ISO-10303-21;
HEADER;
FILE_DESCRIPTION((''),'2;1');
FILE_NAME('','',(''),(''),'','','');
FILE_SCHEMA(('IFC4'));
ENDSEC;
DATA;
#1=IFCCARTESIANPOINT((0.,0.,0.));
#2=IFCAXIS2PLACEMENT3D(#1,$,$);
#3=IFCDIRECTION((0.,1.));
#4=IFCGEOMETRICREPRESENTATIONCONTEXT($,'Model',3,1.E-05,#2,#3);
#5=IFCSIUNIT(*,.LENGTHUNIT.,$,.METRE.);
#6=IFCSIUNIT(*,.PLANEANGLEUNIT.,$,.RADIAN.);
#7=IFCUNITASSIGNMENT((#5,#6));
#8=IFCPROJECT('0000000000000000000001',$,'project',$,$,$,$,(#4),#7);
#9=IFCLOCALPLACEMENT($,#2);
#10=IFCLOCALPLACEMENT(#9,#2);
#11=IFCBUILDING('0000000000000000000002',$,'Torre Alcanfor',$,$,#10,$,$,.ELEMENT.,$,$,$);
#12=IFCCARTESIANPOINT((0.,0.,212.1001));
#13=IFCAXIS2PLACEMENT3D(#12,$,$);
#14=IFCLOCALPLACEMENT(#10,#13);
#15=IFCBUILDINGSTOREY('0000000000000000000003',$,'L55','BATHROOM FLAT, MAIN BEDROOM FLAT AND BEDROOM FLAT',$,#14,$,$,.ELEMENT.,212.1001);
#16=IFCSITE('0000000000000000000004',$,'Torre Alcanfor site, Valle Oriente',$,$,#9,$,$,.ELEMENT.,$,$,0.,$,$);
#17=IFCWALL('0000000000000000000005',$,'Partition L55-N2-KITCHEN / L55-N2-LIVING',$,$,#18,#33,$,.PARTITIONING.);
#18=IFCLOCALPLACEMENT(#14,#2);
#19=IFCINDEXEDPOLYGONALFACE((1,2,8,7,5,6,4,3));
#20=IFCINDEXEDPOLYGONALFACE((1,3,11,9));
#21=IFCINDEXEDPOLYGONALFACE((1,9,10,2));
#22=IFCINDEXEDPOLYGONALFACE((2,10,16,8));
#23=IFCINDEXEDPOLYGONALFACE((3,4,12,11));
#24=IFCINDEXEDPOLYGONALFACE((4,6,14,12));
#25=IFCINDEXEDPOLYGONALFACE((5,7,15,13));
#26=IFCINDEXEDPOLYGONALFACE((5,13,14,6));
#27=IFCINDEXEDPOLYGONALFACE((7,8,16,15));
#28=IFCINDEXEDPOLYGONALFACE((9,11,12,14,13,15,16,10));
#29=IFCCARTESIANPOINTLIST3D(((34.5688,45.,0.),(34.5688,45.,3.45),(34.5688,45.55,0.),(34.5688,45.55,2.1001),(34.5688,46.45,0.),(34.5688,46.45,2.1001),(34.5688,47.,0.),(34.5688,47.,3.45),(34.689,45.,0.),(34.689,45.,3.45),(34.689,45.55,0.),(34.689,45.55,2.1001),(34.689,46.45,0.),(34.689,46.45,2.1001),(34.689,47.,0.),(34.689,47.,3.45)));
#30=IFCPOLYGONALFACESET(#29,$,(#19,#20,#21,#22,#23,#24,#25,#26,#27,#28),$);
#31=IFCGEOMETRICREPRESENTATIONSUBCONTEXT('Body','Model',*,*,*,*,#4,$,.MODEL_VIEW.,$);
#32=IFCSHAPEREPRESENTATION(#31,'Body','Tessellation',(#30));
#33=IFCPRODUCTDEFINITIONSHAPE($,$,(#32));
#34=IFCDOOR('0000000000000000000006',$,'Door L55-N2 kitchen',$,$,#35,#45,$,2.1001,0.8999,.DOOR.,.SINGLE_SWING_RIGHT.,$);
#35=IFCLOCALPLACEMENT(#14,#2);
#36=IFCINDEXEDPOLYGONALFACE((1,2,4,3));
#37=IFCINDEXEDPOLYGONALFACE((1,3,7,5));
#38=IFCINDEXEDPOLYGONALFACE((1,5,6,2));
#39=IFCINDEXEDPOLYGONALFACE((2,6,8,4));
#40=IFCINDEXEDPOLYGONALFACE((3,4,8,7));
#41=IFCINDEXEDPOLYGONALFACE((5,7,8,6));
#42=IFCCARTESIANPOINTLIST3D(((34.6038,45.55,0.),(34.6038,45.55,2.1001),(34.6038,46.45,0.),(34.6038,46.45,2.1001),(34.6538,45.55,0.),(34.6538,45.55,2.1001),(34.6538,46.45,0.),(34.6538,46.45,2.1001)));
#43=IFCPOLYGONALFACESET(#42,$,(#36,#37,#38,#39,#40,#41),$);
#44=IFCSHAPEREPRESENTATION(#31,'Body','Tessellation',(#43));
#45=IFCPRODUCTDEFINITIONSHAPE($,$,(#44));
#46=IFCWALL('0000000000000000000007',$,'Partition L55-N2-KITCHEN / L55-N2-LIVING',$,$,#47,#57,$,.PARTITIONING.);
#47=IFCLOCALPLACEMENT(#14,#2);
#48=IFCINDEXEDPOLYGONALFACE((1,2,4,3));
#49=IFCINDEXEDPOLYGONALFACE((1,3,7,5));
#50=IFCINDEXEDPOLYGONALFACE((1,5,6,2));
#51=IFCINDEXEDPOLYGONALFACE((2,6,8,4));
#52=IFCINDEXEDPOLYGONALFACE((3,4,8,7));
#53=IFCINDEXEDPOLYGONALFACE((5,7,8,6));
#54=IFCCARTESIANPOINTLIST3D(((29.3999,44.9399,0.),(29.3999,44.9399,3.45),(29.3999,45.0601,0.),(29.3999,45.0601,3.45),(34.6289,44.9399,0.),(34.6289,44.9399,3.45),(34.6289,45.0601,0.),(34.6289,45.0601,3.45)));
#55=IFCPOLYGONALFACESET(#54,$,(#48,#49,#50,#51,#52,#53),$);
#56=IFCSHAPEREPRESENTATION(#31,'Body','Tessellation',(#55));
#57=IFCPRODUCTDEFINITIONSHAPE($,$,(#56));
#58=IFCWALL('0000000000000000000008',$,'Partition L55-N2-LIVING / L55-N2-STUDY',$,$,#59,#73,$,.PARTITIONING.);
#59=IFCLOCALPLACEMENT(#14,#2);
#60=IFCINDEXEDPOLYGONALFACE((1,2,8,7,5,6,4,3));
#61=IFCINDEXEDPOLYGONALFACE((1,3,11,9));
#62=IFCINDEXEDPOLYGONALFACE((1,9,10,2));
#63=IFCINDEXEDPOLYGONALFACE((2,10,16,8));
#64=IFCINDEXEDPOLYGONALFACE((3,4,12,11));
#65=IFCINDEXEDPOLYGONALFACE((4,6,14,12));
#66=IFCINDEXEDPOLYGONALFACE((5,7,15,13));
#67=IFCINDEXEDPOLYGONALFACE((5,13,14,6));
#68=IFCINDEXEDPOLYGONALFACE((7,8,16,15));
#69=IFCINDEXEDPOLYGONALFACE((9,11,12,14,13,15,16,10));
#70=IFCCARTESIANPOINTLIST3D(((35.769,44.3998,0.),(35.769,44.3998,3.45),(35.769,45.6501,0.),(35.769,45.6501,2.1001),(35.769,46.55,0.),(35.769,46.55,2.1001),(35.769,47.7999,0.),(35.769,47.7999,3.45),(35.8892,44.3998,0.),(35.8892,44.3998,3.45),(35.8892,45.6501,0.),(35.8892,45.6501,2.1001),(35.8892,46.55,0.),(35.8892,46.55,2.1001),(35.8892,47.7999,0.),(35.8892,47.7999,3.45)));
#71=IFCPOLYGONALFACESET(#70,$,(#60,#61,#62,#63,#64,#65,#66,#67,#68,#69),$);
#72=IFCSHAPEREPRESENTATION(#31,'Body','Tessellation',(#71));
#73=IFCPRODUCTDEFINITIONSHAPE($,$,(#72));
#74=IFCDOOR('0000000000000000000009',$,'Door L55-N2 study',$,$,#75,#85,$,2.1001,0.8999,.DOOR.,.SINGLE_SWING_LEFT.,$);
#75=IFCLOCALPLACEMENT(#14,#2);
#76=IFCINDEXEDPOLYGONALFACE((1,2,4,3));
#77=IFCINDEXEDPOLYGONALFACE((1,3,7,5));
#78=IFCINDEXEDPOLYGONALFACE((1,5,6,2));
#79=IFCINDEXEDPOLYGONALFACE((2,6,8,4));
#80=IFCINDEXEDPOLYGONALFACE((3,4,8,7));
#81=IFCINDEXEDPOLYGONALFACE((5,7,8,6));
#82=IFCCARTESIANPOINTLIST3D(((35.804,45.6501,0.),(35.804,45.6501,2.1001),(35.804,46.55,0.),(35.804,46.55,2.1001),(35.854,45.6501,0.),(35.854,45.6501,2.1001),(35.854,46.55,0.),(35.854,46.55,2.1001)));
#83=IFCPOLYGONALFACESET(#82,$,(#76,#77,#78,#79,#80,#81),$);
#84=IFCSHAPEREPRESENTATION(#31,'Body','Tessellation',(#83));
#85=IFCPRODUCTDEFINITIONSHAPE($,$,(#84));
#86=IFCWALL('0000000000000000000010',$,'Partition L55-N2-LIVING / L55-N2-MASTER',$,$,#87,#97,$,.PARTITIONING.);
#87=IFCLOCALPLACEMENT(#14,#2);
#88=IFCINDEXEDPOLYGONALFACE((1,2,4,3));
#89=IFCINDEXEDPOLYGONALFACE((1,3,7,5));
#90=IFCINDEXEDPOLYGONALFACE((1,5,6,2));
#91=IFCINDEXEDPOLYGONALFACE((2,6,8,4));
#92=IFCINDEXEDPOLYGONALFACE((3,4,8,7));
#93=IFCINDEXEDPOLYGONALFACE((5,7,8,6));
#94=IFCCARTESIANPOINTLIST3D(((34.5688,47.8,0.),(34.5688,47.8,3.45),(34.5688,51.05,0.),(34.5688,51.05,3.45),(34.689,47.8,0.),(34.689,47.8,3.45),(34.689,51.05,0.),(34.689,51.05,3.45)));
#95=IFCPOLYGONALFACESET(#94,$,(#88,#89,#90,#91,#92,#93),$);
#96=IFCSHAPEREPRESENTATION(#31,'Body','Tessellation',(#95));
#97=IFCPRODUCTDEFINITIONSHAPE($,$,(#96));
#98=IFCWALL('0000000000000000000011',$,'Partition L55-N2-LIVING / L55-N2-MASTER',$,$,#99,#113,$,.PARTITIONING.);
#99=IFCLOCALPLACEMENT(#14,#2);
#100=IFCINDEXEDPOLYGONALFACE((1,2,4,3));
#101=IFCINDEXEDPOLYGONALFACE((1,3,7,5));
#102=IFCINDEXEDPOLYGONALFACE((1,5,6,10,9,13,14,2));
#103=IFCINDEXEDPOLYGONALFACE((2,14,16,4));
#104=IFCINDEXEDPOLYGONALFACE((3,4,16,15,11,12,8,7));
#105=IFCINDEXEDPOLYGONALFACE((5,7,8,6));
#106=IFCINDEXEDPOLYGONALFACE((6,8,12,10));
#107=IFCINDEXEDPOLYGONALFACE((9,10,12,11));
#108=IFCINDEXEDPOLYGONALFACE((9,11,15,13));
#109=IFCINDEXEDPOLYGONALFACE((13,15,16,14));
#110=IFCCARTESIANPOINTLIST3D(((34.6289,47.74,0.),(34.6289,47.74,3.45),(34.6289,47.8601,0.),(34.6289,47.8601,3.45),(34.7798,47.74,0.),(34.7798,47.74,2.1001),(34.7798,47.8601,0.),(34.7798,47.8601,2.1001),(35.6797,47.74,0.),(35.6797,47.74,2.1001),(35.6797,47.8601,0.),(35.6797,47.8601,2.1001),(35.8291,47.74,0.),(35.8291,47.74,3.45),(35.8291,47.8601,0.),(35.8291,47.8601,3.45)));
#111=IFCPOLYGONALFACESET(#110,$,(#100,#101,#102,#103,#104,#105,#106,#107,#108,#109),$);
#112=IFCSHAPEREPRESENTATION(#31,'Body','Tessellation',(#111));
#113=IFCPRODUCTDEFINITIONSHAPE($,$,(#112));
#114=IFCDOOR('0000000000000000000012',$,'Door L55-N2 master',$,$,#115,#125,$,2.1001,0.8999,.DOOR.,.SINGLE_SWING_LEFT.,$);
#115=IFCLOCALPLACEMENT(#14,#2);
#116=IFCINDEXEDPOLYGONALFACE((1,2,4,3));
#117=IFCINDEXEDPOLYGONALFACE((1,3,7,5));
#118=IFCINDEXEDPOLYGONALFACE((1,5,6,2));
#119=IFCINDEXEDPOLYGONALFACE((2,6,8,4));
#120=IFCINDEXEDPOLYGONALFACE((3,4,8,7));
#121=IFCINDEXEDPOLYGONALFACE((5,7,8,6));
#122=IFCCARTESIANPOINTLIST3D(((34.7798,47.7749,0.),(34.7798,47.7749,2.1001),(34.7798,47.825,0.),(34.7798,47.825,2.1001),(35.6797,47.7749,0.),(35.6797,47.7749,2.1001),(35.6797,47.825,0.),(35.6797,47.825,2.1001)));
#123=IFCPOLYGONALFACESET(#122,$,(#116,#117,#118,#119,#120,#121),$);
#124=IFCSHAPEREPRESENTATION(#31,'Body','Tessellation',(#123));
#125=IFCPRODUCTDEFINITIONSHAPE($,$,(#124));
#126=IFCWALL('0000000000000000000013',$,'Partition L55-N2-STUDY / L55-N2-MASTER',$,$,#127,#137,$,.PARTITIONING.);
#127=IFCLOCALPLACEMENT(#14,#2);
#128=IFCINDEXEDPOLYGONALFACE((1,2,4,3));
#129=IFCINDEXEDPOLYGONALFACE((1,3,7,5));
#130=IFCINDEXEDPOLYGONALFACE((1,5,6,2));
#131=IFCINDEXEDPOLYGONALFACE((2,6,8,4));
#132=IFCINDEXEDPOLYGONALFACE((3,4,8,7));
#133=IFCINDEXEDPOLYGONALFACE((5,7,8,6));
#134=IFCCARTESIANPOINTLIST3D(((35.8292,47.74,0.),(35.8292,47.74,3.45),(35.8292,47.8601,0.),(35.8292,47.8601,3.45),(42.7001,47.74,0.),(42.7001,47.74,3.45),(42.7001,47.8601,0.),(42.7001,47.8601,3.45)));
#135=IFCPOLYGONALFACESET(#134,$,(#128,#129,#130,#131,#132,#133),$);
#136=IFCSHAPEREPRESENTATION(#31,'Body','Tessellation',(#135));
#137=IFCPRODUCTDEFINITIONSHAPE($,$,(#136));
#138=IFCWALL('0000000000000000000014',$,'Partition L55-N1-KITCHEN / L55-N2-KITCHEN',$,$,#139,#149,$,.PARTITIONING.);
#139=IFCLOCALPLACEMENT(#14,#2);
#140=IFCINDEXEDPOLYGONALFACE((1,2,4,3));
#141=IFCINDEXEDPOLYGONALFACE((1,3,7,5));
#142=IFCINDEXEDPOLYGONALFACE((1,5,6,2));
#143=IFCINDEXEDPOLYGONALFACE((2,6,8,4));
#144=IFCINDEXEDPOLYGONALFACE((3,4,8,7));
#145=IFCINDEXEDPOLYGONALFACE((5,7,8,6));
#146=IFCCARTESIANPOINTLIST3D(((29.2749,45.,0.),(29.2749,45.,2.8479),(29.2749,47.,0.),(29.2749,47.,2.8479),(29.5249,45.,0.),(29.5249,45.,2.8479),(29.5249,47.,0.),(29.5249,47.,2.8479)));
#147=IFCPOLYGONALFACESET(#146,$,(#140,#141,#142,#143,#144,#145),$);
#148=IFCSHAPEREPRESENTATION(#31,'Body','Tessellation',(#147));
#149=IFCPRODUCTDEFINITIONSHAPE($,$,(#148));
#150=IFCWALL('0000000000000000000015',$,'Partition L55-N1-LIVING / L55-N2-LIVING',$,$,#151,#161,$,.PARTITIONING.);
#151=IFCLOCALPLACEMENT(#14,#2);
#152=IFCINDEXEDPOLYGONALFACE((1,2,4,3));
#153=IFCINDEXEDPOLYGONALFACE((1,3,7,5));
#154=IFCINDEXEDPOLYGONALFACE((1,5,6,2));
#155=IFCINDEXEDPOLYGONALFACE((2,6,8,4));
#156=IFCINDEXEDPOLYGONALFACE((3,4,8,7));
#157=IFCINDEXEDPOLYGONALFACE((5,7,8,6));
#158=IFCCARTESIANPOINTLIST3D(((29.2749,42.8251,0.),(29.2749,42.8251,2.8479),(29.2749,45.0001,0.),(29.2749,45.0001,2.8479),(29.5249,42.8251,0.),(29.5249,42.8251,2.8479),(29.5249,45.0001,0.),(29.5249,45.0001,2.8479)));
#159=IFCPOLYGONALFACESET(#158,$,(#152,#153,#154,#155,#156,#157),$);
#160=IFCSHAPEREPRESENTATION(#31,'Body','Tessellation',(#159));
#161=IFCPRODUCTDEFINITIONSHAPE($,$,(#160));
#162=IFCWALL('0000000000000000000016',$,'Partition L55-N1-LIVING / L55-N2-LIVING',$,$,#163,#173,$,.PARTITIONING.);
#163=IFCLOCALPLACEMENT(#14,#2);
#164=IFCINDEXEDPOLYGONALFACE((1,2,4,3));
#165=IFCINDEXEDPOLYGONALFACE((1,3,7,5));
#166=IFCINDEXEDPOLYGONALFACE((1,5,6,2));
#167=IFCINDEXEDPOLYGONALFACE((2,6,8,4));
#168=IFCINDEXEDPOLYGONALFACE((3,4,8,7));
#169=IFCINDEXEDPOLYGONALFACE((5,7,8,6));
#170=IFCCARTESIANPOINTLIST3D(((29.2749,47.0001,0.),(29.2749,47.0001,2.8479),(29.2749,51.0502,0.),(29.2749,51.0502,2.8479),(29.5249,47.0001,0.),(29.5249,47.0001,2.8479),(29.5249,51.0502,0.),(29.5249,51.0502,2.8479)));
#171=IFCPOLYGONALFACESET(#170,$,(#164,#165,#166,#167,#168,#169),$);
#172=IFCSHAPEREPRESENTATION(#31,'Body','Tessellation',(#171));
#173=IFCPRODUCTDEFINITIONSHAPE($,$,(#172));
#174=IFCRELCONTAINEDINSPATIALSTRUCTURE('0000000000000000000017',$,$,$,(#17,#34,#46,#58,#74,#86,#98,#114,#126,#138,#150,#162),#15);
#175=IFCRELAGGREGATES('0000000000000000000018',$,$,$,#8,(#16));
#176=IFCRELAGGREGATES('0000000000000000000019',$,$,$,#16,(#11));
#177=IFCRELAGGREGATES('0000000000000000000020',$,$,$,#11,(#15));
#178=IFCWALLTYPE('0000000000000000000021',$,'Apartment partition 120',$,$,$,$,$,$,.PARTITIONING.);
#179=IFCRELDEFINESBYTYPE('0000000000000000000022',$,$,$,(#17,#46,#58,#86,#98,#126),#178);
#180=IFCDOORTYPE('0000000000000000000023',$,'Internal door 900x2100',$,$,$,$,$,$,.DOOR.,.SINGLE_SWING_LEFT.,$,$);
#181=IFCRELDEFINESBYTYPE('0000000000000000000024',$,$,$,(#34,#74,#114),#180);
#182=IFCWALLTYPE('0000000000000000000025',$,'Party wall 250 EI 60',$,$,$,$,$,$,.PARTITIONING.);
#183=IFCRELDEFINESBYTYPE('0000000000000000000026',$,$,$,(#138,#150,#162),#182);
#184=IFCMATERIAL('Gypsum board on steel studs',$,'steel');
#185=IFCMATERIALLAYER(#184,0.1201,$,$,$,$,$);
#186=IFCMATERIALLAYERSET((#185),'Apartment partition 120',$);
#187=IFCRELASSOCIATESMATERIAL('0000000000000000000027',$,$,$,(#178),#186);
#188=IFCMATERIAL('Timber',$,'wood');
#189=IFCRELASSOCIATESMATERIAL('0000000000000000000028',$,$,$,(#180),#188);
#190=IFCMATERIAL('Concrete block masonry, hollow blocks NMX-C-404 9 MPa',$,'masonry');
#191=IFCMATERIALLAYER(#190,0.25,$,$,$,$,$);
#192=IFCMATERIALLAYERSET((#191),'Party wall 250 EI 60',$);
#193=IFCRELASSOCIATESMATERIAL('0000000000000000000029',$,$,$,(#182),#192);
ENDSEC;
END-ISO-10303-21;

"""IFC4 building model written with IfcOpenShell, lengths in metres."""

from ifc_helpers import new_model, si_unit, direction, frame, frame_2d, origin, place, context, subcontext, project, spatial, rectangle, extrude, material, layer, layer_set, type_object, element, fill, save


model = new_model("IFC4")

# Units and contexts
model_context = context("Model", 3, precision=1e-05, world=origin(), true_north=direction((0.0, 1.0)))
body_context = subcontext(model_context, "Body", "Model", "MODEL_VIEW")
ifc_project = project(units=[si_unit("LENGTHUNIT", "METRE"), si_unit("PLANEANGLEUNIT", "RADIAN")], contexts=[model_context])

# Site, building, storey
site_placement = place(None, origin())
site = spatial("IfcSite", under=ifc_project, at=site_placement, Name="Torre Alcanfor site, Valle Oriente", CompositionType="ELEMENT", RefElevation=0.0)
building_placement = place(site_placement, origin())
building = spatial("IfcBuilding", under=site, at=building_placement, Name="Torre Alcanfor", CompositionType="ELEMENT")
storey_placement = place(building_placement, frame((0.0, 0.0, 212.1001)))
storey = spatial("IfcBuildingStorey", under=building, at=storey_placement, Name="L55", Description="BATHROOM FLAT, MAIN BEDROOM FLAT AND BEDROOM FLAT", CompositionType="ELEMENT", Elevation=212.1001)

# Shared definitions
ifc_material_1 = material(Name="Gypsum board on steel studs", Category="steel")
ifc_layer_1 = layer(ifc_material_1, 0.1201)
ifc_layer_set_1 = layer_set([ifc_layer_1], Name="Apartment partition 120")
wall_type_1 = type_object("IfcWallType", Name="Apartment partition 120", PredefinedType="PARTITIONING", material=ifc_layer_set_1)

# Wall, opening, door
wall_1_placement = place(storey_placement, frame((34.6289, 47.0, 0.0), z_axis=(0.0, 0.0, 1.0), x_axis=(0.0, -1.0, 0.0)))
wall_1 = element("IfcWall", 1, at=wall_1_placement, inside=storey, type_object=wall_type_1, Name="Partition L55-N2-KITCHEN / L55-N2-LIVING", PredefinedType="PARTITIONING", context=body_context, shape_type="SweptSolid", body=[
    extrude(rectangle(XDim=2.0, YDim=0.1201, at=frame_2d((1.0, 0.0))), origin(), (0.0, 0.0, 1.0), 3.45),
])
opening_1_placement = place(wall_1_placement, frame((0.55, 0.0, 0.0)))
opening_1 = element("IfcOpeningElement", 2, at=opening_1_placement, cuts=wall_1, PredefinedType="OPENING", context=body_context, shape_type="SweptSolid", body=[
    extrude(rectangle(XDim=0.8999, YDim=2.1001, at=frame_2d((0.45, 1.05))), frame((0.0, 0.0701, 0.0), z_axis=(0.0, -1.0, 0.0), x_axis=(1.0, 0.0, 0.0)), (0.0, 0.0, 1.0), 0.1401),
])
ifc_material_2 = material(Name="Timber", Category="wood")
door_type = type_object("IfcDoorType", Name="Internal door 900x2100", OperationType="SINGLE_SWING_LEFT", PredefinedType="DOOR", material=ifc_material_2)
door_1_placement = place(opening_1_placement, frame((0.8999, 0.0, 0.0), z_axis=(0.0, 0.0, 1.0), x_axis=(-1.0, 0.0, 0.0)))
door_1 = element("IfcDoor", 3, at=door_1_placement, inside=storey, type_object=door_type, Name="Door L55-N2 kitchen", OperationType="SINGLE_SWING_RIGHT", OverallHeight=2.1001, OverallWidth=0.8999, PredefinedType="DOOR", context=body_context, shape_type="SweptSolid", body=[
    extrude(rectangle(XDim=0.8999, YDim=2.1001, at=frame_2d((0.45, 1.05))), frame((0.0, 0.0251, 0.0), z_axis=(0.0, -1.0, 0.0), x_axis=(1.0, 0.0, 0.0)), (0.0, 0.0, 1.0), 0.05),
])
fill(opening_1, door_1)

# Wall
wall_2_placement = place(storey_placement, frame((34.6289, 45.0, 0.0), z_axis=(0.0, 0.0, 1.0), x_axis=(-1.0, 0.0, 0.0)))
element("IfcWall", 4, at=wall_2_placement, inside=storey, type_object=wall_type_1, Name="Partition L55-N2-KITCHEN / L55-N2-LIVING", PredefinedType="PARTITIONING", context=body_context, shape_type="SweptSolid", body=[
    extrude(rectangle(XDim=5.229, YDim=0.1201, at=frame_2d((2.6145, 0.0))), origin(), (0.0, 0.0, 1.0), 3.45),
])

# Wall, opening, door
wall_3_placement = place(storey_placement, frame((35.8291, 47.8, 0.0), z_axis=(0.0, 0.0, 1.0), x_axis=(0.0, -1.0, 0.0)))
wall_3 = element("IfcWall", 5, at=wall_3_placement, inside=storey, type_object=wall_type_1, Name="Partition L55-N2-LIVING / L55-N2-STUDY", PredefinedType="PARTITIONING", context=body_context, shape_type="SweptSolid", body=[
    extrude(rectangle(XDim=3.4001, YDim=0.1201, at=frame_2d((1.7002, 0.0))), origin(), (0.0, 0.0, 1.0), 3.45),
])
opening_2_placement = place(wall_3_placement, frame((1.25, 0.0, 0.0)))
opening_2 = element("IfcOpeningElement", 6, at=opening_2_placement, cuts=wall_3, PredefinedType="OPENING", context=body_context, shape_type="SweptSolid", body=[
    extrude(rectangle(XDim=0.8999, YDim=2.1001, at=frame_2d((0.45, 1.05))), frame((0.0, 0.0701, 0.0), z_axis=(0.0, -1.0, 0.0), x_axis=(1.0, 0.0, 0.0)), (0.0, 0.0, 1.0), 0.1401),
])
door_2_placement = place(opening_2_placement, origin())
door_2 = element("IfcDoor", 7, at=door_2_placement, inside=storey, type_object=door_type, Name="Door L55-N2 study", OperationType="SINGLE_SWING_LEFT", OverallHeight=2.1001, OverallWidth=0.8999, PredefinedType="DOOR", context=body_context, shape_type="SweptSolid", body=[
    extrude(rectangle(XDim=0.8999, YDim=2.1001, at=frame_2d((0.45, 1.05))), frame((0.0, 0.0249, 0.0), z_axis=(0.0, -1.0, 0.0), x_axis=(1.0, 0.0, 0.0)), (0.0, 0.0, 1.0), 0.05),
])
fill(opening_2, door_2)

# Wall
wall_4_placement = place(storey_placement, frame((34.6289, 51.05, 0.0), z_axis=(0.0, 0.0, 1.0), x_axis=(0.0, -1.0, 0.0)))
element("IfcWall", 8, at=wall_4_placement, inside=storey, type_object=wall_type_1, Name="Partition L55-N2-LIVING / L55-N2-MASTER", PredefinedType="PARTITIONING", context=body_context, shape_type="SweptSolid", body=[
    extrude(rectangle(XDim=3.25, YDim=0.1201, at=frame_2d((1.625, 0.0))), origin(), (0.0, 0.0, 1.0), 3.45),
])

# Wall, opening, door
wall_5_placement = place(storey_placement, frame((34.6289, 47.8, 0.0), z_axis=(0.0, 0.0, 1.0), x_axis=(1.0, 0.0, 0.0)))
wall_5 = element("IfcWall", 9, at=wall_5_placement, inside=storey, type_object=wall_type_1, Name="Partition L55-N2-LIVING / L55-N2-MASTER", PredefinedType="PARTITIONING", context=body_context, shape_type="SweptSolid", body=[
    extrude(rectangle(XDim=1.2002, YDim=0.1201, at=frame_2d((0.6001, 0.0))), origin(), (0.0, 0.0, 1.0), 3.45),
])
opening_3_placement = place(wall_5_placement, frame((0.1509, 0.0, 0.0)))
opening_3 = element("IfcOpeningElement", 10, at=opening_3_placement, cuts=wall_5, PredefinedType="OPENING", context=body_context, shape_type="SweptSolid", body=[
    extrude(rectangle(XDim=0.8999, YDim=2.1001, at=frame_2d((0.45, 1.05))), frame((0.0, 0.0701, 0.0), z_axis=(0.0, -1.0, 0.0), x_axis=(1.0, 0.0, 0.0)), (0.0, 0.0, 1.0), 0.1401),
])
door_3_placement = place(opening_3_placement, origin())
door_3 = element("IfcDoor", 11, at=door_3_placement, inside=storey, type_object=door_type, Name="Door L55-N2 master", OperationType="SINGLE_SWING_LEFT", OverallHeight=2.1001, OverallWidth=0.8999, PredefinedType="DOOR", context=body_context, shape_type="SweptSolid", body=[
    extrude(rectangle(XDim=0.8999, YDim=2.1001, at=frame_2d((0.45, 1.05))), frame((0.0, 0.0249, 0.0), z_axis=(0.0, -1.0, 0.0), x_axis=(1.0, 0.0, 0.0)), (0.0, 0.0, 1.0), 0.05),
])
fill(opening_3, door_3)

# Walls
wall_6_placement = place(storey_placement, frame((35.8291, 47.8, 0.0), z_axis=(0.0, 0.0, 1.0), x_axis=(1.0, 0.0, 0.0)))
element("IfcWall", 12, at=wall_6_placement, inside=storey, type_object=wall_type_1, Name="Partition L55-N2-STUDY / L55-N2-MASTER", PredefinedType="PARTITIONING", context=body_context, shape_type="SweptSolid", body=[
    extrude(rectangle(XDim=6.8708, YDim=0.1201, at=frame_2d((3.4355, 0.0))), origin(), (0.0, 0.0, 1.0), 3.45),
])
ifc_material_3 = material(Name="Concrete block masonry, hollow blocks NMX-C-404 9 MPa", Category="masonry")
ifc_layer_2 = layer(ifc_material_3, 0.25)
ifc_layer_set_2 = layer_set([ifc_layer_2], Name="Party wall 250 EI 60")
wall_type_2 = type_object("IfcWallType", Name="Party wall 250 EI 60", PredefinedType="PARTITIONING", material=ifc_layer_set_2)
wall_7_placement = place(storey_placement, frame((29.3999, 45.0, 0.0), z_axis=(0.0, 0.0, 1.0), x_axis=(0.0, 1.0, 0.0)))
element("IfcWall", 13, at=wall_7_placement, inside=storey, type_object=wall_type_2, Name="Partition L55-N1-KITCHEN / L55-N2-KITCHEN", PredefinedType="PARTITIONING", context=body_context, shape_type="SweptSolid", body=[
    extrude(rectangle(XDim=2.0, YDim=0.25, at=frame_2d((1.0, 0.0))), origin(), (0.0, 0.0, 1.0), 2.8479),
])
wall_8_placement = place(storey_placement, frame((29.3999, 45.0, 0.0), z_axis=(0.0, 0.0, 1.0), x_axis=(0.0, -1.0, 0.0)))
element("IfcWall", 14, at=wall_8_placement, inside=storey, type_object=wall_type_2, Name="Partition L55-N1-LIVING / L55-N2-LIVING", PredefinedType="PARTITIONING", context=body_context, shape_type="SweptSolid", body=[
    extrude(rectangle(XDim=2.175, YDim=0.25, at=frame_2d((1.0874, 0.0))), origin(), (0.0, 0.0, 1.0), 2.8479),
])
wall_9_placement = place(storey_placement, frame((29.3999, 51.05, 0.0), z_axis=(0.0, 0.0, 1.0), x_axis=(0.0, -1.0, 0.0)))
element("IfcWall", 15, at=wall_9_placement, inside=storey, type_object=wall_type_2, Name="Partition L55-N1-LIVING / L55-N2-LIVING", PredefinedType="PARTITIONING", context=body_context, shape_type="SweptSolid", body=[
    extrude(rectangle(XDim=4.05, YDim=0.25, at=frame_2d((2.0249, 0.0))), origin(), (0.0, 0.0, 1.0), 2.8479),
])

save(model, "model.ifc")
